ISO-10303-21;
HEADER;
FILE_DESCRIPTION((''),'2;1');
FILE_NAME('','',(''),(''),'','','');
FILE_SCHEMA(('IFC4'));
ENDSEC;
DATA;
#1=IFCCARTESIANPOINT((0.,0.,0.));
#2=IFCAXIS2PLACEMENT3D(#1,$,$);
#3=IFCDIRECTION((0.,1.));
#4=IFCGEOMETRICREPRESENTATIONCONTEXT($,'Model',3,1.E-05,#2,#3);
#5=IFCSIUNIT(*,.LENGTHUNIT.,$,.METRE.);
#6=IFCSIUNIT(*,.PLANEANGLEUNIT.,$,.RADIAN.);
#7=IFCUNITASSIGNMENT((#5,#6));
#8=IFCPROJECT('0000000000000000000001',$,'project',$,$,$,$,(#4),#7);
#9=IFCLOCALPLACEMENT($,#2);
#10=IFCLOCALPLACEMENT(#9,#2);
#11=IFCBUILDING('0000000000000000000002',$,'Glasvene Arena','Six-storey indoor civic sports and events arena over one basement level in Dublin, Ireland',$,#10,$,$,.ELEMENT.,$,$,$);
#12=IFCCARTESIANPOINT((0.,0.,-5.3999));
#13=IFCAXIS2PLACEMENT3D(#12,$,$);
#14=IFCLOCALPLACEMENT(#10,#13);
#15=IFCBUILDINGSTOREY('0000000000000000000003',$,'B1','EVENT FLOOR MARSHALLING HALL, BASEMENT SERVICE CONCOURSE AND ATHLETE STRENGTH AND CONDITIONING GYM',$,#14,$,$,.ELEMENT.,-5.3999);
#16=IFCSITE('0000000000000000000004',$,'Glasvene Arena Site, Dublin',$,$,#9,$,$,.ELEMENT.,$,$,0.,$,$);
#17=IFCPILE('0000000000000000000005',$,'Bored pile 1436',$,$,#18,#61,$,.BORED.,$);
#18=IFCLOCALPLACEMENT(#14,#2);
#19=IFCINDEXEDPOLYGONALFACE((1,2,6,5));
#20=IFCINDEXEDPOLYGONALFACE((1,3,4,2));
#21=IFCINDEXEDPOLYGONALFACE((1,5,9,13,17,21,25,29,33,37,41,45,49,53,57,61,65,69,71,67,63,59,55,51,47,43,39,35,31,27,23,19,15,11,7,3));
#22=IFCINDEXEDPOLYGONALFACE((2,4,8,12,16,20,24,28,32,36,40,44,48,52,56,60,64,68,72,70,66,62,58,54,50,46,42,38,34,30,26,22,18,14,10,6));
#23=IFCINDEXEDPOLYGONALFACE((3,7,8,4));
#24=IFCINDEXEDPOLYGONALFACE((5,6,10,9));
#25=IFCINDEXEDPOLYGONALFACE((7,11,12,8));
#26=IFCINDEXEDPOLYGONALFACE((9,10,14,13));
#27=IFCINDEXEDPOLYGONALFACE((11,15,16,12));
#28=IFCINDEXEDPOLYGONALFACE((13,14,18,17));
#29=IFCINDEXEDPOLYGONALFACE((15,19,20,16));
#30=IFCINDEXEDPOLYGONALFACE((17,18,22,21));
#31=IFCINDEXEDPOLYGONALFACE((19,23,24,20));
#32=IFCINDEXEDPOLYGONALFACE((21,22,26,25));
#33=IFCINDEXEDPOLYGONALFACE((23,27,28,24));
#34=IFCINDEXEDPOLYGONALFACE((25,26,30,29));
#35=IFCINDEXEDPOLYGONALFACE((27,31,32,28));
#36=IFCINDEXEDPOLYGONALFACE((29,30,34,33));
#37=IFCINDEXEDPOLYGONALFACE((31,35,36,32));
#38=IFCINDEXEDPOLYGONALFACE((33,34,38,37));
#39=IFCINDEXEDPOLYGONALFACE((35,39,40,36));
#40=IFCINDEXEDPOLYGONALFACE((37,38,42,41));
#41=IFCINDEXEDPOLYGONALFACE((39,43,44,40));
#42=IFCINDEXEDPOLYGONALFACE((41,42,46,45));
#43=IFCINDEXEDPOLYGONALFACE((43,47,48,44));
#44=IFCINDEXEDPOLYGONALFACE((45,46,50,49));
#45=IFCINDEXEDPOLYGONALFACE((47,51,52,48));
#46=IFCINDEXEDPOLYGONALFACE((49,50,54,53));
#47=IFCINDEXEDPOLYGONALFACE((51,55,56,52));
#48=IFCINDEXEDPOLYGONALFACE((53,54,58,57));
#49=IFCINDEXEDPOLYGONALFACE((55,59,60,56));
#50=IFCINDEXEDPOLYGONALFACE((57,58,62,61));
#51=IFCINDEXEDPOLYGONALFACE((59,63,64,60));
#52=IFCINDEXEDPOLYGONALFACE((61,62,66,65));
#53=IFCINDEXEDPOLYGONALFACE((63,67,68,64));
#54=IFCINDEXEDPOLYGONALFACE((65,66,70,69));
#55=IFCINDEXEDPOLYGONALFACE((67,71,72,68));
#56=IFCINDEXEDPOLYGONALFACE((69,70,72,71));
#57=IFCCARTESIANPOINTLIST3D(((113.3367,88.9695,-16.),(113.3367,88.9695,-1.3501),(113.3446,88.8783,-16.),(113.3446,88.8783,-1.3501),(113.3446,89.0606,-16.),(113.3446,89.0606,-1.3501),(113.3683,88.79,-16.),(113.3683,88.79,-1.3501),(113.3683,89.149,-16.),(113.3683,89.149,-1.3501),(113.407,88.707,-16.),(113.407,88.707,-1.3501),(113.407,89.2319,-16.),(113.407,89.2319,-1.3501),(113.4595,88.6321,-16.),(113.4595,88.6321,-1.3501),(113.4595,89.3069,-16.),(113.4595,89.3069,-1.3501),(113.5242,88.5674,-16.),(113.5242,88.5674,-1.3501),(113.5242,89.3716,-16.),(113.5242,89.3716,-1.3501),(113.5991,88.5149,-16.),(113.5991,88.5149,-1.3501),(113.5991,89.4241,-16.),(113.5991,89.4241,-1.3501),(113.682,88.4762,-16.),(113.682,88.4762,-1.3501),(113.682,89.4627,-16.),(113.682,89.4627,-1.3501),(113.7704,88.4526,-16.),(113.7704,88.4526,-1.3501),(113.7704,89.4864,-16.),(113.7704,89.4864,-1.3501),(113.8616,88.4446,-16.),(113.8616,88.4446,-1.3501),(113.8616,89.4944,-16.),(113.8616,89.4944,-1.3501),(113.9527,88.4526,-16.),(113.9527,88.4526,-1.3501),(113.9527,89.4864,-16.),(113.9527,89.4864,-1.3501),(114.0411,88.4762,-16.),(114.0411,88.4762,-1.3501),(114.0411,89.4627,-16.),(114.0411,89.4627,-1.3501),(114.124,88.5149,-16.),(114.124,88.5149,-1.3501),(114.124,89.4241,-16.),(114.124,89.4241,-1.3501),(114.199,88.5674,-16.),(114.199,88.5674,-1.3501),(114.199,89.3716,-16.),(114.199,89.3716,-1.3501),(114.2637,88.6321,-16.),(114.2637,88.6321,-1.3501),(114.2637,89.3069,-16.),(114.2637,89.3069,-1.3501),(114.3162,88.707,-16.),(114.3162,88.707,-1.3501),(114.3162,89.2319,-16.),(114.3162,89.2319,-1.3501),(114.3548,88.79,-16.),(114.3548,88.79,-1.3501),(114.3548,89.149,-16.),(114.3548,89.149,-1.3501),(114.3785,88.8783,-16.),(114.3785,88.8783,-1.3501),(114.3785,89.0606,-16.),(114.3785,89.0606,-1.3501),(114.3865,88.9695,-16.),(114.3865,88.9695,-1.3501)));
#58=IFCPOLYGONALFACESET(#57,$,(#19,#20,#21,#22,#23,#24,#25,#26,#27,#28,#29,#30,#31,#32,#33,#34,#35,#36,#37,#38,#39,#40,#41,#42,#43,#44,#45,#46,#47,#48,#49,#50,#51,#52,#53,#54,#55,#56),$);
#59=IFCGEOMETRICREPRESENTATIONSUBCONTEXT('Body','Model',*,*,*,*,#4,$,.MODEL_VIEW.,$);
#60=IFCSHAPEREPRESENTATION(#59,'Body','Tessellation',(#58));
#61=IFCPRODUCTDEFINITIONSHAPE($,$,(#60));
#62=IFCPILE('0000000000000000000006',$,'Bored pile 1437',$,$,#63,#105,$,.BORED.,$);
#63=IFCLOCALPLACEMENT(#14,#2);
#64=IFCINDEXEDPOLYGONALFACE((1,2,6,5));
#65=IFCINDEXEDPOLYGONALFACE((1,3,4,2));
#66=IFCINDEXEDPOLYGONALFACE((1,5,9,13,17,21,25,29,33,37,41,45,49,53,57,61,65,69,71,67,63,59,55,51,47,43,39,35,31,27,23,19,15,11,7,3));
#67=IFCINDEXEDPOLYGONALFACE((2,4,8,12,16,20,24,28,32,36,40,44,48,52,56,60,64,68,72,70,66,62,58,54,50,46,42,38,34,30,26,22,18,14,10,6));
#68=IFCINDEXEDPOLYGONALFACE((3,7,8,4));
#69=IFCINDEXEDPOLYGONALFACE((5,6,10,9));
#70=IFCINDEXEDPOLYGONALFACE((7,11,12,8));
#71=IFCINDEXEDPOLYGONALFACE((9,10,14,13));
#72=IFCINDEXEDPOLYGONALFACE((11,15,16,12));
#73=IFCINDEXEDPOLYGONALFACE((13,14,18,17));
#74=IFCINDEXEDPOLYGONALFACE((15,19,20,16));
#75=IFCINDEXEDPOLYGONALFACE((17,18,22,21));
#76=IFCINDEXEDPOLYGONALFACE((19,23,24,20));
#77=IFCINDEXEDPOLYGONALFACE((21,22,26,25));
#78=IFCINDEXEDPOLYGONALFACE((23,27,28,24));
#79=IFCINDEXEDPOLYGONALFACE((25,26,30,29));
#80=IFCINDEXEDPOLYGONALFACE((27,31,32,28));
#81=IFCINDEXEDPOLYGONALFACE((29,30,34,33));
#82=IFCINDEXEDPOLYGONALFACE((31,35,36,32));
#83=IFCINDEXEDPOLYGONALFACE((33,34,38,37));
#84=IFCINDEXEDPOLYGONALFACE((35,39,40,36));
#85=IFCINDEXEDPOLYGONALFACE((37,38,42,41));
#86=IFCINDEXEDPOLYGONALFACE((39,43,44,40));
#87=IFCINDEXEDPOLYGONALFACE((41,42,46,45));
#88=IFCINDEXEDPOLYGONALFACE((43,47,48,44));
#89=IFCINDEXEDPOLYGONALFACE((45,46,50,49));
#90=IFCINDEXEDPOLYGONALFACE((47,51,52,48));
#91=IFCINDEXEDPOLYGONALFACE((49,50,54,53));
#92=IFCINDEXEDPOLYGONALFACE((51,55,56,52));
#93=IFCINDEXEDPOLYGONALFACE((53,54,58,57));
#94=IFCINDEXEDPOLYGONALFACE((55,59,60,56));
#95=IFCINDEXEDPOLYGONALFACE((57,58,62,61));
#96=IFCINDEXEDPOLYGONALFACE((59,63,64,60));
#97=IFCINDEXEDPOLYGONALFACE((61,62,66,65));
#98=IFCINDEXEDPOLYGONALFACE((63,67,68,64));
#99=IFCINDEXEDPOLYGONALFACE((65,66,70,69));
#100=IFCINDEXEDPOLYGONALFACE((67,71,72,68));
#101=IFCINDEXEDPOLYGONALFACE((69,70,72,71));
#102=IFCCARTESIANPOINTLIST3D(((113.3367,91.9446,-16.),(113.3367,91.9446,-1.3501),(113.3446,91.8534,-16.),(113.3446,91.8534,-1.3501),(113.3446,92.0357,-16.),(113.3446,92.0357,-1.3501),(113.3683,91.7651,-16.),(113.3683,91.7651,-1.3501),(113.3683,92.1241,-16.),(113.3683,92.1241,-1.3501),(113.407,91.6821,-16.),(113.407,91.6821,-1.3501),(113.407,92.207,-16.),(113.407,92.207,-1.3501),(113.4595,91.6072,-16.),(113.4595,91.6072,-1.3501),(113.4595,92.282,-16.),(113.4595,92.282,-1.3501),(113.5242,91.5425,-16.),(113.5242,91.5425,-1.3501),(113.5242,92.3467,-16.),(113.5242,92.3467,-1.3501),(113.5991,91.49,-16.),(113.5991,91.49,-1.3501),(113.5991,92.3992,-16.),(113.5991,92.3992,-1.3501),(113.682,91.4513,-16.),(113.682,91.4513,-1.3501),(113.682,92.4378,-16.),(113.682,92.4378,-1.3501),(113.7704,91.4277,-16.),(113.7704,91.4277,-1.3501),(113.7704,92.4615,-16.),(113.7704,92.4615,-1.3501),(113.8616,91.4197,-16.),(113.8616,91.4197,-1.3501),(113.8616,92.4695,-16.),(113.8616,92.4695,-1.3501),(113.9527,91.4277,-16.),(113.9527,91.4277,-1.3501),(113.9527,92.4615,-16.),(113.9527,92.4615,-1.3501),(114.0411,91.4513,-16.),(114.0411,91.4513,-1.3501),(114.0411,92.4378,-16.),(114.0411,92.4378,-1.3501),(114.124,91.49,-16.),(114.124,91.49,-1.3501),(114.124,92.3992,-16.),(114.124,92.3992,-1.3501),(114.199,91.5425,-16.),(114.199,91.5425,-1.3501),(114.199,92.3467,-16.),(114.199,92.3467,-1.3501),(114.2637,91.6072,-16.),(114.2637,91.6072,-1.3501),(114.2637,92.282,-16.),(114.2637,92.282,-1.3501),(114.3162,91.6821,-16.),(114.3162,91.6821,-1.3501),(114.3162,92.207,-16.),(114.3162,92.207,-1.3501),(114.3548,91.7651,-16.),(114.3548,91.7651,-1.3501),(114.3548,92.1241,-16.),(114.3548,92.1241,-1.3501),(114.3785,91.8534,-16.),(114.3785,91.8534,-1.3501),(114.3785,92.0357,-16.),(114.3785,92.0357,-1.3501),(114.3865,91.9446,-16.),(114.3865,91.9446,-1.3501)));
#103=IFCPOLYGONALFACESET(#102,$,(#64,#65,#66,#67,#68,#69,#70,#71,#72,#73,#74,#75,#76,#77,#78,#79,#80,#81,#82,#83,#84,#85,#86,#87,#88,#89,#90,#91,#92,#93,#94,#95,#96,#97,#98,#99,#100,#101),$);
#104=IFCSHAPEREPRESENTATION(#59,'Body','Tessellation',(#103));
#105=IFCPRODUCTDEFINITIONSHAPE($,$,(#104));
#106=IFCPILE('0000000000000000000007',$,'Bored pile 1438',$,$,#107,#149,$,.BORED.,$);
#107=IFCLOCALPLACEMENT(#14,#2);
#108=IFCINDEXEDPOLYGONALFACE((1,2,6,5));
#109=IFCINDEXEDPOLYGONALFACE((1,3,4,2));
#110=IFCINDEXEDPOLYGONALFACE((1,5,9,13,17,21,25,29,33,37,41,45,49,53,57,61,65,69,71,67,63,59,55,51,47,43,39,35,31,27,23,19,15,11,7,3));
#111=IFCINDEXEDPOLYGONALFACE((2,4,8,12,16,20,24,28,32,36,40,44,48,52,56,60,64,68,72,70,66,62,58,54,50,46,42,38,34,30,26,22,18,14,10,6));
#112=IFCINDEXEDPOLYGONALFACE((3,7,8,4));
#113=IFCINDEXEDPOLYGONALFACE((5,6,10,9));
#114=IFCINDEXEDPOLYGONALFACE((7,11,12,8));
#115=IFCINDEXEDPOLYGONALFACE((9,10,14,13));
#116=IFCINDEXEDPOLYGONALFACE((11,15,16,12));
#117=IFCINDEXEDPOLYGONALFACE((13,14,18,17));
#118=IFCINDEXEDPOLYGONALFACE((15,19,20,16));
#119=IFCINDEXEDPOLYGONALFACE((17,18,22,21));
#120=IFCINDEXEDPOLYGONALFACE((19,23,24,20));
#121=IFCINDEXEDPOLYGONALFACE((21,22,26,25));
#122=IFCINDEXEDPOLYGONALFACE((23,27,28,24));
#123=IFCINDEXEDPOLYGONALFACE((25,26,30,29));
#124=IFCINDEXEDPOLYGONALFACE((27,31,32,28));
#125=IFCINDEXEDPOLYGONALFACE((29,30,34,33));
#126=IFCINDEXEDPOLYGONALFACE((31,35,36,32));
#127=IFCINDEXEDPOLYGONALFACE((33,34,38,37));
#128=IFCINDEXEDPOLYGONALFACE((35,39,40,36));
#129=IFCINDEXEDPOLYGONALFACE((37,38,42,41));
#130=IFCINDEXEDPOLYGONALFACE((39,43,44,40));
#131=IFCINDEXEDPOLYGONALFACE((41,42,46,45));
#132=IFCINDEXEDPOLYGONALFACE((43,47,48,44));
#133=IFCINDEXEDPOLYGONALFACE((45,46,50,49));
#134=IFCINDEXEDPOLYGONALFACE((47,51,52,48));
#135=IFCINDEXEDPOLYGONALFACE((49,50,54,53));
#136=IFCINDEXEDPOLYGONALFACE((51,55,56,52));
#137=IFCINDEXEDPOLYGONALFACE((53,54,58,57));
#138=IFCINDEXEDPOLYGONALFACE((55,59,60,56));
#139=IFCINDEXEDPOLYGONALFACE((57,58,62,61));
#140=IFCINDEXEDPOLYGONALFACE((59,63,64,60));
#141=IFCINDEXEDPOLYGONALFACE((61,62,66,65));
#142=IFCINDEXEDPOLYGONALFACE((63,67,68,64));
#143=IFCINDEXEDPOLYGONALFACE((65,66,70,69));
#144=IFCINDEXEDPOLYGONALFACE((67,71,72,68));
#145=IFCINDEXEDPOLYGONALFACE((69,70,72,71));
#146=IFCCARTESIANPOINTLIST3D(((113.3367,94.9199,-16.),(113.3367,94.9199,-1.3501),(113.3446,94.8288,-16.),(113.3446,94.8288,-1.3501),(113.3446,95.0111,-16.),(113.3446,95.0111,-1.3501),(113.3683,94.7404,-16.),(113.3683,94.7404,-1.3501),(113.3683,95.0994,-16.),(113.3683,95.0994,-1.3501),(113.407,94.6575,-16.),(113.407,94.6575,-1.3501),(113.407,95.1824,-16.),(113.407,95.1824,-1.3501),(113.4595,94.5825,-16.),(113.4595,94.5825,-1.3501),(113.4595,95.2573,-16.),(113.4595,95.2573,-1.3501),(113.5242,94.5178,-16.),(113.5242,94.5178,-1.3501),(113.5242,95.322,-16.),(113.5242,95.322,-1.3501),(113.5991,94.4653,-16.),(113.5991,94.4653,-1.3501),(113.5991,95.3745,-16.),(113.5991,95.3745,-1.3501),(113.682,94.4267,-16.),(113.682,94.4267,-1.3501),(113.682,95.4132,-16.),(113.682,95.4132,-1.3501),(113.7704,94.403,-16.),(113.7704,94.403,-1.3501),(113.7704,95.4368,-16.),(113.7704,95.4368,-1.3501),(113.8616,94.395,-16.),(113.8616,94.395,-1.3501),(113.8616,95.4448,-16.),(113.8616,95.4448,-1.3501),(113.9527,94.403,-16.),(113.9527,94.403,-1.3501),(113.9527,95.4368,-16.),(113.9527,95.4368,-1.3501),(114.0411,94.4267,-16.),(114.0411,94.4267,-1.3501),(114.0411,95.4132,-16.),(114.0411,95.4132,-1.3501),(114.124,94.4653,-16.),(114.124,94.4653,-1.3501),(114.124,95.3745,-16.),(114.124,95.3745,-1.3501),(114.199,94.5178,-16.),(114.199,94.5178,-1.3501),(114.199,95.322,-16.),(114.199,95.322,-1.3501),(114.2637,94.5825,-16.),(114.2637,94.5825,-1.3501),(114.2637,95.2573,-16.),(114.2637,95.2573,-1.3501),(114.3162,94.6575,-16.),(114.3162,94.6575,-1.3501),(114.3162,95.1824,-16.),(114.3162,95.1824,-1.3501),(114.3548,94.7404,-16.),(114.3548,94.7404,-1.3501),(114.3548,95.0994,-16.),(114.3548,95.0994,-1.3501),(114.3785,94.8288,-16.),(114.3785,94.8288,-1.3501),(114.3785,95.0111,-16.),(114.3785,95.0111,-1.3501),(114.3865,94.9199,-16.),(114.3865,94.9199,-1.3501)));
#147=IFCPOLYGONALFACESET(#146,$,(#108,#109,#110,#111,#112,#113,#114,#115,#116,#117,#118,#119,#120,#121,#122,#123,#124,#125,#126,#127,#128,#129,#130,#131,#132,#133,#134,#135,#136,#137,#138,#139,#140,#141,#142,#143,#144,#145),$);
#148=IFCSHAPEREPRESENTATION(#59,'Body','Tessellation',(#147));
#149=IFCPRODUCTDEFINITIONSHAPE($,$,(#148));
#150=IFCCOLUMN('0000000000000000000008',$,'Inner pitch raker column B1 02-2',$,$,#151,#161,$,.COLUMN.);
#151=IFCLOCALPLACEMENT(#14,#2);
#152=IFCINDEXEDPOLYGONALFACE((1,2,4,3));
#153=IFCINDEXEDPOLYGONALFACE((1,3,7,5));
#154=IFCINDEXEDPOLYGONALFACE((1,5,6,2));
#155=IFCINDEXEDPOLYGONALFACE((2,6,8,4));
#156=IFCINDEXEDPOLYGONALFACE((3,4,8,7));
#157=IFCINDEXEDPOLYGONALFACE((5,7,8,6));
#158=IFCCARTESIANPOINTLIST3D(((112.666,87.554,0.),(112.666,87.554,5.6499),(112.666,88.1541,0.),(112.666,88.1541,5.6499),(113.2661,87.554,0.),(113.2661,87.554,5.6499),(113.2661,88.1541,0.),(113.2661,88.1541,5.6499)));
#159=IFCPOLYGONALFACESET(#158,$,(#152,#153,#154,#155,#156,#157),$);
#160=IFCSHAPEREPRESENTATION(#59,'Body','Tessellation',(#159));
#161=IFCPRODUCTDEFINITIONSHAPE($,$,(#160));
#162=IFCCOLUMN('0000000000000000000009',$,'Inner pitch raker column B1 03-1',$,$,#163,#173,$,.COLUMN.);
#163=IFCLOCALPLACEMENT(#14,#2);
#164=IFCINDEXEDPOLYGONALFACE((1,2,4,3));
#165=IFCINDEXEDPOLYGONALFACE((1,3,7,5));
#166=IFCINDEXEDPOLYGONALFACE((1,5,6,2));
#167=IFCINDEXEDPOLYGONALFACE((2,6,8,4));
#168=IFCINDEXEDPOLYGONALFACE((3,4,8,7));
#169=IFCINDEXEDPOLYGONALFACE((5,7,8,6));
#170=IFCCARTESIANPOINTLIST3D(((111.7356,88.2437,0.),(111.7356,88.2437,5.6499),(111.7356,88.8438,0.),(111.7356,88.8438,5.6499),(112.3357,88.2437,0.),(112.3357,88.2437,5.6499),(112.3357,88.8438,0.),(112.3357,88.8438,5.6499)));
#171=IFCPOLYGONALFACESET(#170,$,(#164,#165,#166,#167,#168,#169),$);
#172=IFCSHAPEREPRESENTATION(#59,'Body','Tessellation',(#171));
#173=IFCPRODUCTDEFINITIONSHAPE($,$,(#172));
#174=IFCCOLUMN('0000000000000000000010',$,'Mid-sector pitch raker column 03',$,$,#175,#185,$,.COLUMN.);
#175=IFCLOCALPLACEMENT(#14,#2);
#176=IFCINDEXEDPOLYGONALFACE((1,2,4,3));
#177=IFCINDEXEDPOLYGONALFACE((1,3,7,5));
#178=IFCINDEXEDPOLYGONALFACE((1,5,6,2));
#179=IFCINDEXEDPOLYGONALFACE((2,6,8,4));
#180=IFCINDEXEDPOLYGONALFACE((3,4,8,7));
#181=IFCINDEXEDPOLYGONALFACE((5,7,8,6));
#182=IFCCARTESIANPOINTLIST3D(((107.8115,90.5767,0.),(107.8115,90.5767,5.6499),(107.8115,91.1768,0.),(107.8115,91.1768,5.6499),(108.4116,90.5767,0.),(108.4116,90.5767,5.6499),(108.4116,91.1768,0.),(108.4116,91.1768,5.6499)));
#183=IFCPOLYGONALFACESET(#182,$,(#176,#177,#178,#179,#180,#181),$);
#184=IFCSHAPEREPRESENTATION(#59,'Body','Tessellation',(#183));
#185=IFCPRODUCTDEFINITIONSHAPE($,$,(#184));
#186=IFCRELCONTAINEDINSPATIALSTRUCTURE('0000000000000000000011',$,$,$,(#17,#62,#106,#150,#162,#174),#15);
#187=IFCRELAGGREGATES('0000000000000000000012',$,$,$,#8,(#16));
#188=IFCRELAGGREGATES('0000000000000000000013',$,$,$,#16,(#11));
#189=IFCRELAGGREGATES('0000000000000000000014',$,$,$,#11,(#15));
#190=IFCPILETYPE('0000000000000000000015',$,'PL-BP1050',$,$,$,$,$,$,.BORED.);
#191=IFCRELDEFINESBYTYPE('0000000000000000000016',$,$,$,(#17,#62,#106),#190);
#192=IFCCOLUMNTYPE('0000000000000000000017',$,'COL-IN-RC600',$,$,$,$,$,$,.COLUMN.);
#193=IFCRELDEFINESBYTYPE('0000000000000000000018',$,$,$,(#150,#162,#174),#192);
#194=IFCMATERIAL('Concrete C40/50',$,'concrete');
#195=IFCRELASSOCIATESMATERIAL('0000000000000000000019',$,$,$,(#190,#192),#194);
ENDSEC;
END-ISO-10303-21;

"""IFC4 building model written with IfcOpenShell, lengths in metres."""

from ifc_helpers import new_model, si_unit, direction, frame, origin, origin_2d, place, context, subcontext, project, spatial, rectangle, circle, extrude, material, material_profile, profile_set, type_object, element, save


model = new_model("IFC4")

# Units and contexts
model_context = context("Model", 3, precision=1e-05, world=origin(), true_north=direction((0.0, 1.0)))
body_context = subcontext(model_context, "Body", "Model", "MODEL_VIEW")
ifc_project = project(units=[si_unit("LENGTHUNIT", "METRE"), si_unit("PLANEANGLEUNIT", "RADIAN")], contexts=[model_context])

# Site, building, storey
site_placement = place(None, origin())
site = spatial("IfcSite", under=ifc_project, at=site_placement, Name="Glasvene Arena Site, Dublin", CompositionType="ELEMENT", RefElevation=0.0)
building_placement = place(site_placement, origin())
building = spatial("IfcBuilding", under=site, at=building_placement, Name="Glasvene Arena", Description="Six-storey indoor civic sports and events arena over one basement level in Dublin, Ireland", CompositionType="ELEMENT")
storey_placement = place(building_placement, frame((0.0, 0.0, -5.3999)))
storey = spatial("IfcBuildingStorey", under=building, at=storey_placement, Name="B1", Description="EVENT FLOOR MARSHALLING HALL, BASEMENT SERVICE CONCOURSE AND ATHLETE STRENGTH AND CONDITIONING GYM", CompositionType="ELEMENT", Elevation=-5.3999)

# Piles
ifc_material_1 = material(Name="Concrete C40/50", Category="concrete")
ifc_material_profile_1 = material_profile(ifc_material_1, circle(Radius=0.5249, at=origin_2d()), Name="BORED PILE 1050")
ifc_profile_set_1 = profile_set([ifc_material_profile_1], Name="Concrete C40/50")
pile_type = type_object("IfcPileType", Name="PL-BP1050", PredefinedType="BORED", material=ifc_profile_set_1)
for number, where, z_axis, x_axis, name in (
    (1, (113.8616, 88.9695, -1.3501), (0.0, 0.0, -1.0), (1.0, 0.0, 0.0), "Bored pile 1436"),
    (2, (113.8616, 91.9446, -1.3501), (0.0, 0.0, -1.0), (1.0, 0.0, 0.0), "Bored pile 1437"),
    (3, (113.8616, 94.9199, -1.3501), (0.0, 0.0, -1.0), (1.0, 0.0, 0.0), "Bored pile 1438"),
):
    element("IfcPile", number, at=place(storey_placement, frame(where, z_axis=z_axis, x_axis=x_axis)), inside=storey, type_object=pile_type, Name=name, PredefinedType="BORED", context=body_context, shape_type="SweptSolid", body=[
        extrude(circle(Radius=0.5249, at=origin_2d()), origin(), (0.0, 0.0, 1.0), 14.6499),
    ])

# Columns
ifc_material_profile_2 = material_profile(ifc_material_1, rectangle(XDim=0.6001, YDim=0.6001, at=origin_2d()), Name="RC 600x600")
ifc_profile_set_2 = profile_set([ifc_material_profile_2], Name="Concrete C40/50")
column_type = type_object("IfcColumnType", Name="COL-IN-RC600", PredefinedType="COLUMN", material=ifc_profile_set_2)
for number, where, z_axis, x_axis, name in (
    (4, (112.9661, 87.854, 0.0), (0.0, 0.0, 1.0), (1.0, 0.0, 0.0), "Inner pitch raker column B1 02-2"),
    (5, (112.0356, 88.5437, 0.0), (0.0, 0.0, 1.0), (1.0, 0.0, 0.0), "Inner pitch raker column B1 03-1"),
    (6, (108.1116, 90.8767, 0.0), (0.0, 0.0, 1.0), (1.0, 0.0, 0.0), "Mid-sector pitch raker column 03"),
):
    element("IfcColumn", number, at=place(storey_placement, frame(where, z_axis=z_axis, x_axis=x_axis)), inside=storey, type_object=column_type, Name=name, PredefinedType="COLUMN", context=body_context, shape_type="SweptSolid", body=[
        extrude(rectangle(XDim=0.6001, YDim=0.6001, at=origin_2d()), origin(), (0.0, 0.0, 1.0), 5.6499),
    ])

save(model, "model.ifc")
